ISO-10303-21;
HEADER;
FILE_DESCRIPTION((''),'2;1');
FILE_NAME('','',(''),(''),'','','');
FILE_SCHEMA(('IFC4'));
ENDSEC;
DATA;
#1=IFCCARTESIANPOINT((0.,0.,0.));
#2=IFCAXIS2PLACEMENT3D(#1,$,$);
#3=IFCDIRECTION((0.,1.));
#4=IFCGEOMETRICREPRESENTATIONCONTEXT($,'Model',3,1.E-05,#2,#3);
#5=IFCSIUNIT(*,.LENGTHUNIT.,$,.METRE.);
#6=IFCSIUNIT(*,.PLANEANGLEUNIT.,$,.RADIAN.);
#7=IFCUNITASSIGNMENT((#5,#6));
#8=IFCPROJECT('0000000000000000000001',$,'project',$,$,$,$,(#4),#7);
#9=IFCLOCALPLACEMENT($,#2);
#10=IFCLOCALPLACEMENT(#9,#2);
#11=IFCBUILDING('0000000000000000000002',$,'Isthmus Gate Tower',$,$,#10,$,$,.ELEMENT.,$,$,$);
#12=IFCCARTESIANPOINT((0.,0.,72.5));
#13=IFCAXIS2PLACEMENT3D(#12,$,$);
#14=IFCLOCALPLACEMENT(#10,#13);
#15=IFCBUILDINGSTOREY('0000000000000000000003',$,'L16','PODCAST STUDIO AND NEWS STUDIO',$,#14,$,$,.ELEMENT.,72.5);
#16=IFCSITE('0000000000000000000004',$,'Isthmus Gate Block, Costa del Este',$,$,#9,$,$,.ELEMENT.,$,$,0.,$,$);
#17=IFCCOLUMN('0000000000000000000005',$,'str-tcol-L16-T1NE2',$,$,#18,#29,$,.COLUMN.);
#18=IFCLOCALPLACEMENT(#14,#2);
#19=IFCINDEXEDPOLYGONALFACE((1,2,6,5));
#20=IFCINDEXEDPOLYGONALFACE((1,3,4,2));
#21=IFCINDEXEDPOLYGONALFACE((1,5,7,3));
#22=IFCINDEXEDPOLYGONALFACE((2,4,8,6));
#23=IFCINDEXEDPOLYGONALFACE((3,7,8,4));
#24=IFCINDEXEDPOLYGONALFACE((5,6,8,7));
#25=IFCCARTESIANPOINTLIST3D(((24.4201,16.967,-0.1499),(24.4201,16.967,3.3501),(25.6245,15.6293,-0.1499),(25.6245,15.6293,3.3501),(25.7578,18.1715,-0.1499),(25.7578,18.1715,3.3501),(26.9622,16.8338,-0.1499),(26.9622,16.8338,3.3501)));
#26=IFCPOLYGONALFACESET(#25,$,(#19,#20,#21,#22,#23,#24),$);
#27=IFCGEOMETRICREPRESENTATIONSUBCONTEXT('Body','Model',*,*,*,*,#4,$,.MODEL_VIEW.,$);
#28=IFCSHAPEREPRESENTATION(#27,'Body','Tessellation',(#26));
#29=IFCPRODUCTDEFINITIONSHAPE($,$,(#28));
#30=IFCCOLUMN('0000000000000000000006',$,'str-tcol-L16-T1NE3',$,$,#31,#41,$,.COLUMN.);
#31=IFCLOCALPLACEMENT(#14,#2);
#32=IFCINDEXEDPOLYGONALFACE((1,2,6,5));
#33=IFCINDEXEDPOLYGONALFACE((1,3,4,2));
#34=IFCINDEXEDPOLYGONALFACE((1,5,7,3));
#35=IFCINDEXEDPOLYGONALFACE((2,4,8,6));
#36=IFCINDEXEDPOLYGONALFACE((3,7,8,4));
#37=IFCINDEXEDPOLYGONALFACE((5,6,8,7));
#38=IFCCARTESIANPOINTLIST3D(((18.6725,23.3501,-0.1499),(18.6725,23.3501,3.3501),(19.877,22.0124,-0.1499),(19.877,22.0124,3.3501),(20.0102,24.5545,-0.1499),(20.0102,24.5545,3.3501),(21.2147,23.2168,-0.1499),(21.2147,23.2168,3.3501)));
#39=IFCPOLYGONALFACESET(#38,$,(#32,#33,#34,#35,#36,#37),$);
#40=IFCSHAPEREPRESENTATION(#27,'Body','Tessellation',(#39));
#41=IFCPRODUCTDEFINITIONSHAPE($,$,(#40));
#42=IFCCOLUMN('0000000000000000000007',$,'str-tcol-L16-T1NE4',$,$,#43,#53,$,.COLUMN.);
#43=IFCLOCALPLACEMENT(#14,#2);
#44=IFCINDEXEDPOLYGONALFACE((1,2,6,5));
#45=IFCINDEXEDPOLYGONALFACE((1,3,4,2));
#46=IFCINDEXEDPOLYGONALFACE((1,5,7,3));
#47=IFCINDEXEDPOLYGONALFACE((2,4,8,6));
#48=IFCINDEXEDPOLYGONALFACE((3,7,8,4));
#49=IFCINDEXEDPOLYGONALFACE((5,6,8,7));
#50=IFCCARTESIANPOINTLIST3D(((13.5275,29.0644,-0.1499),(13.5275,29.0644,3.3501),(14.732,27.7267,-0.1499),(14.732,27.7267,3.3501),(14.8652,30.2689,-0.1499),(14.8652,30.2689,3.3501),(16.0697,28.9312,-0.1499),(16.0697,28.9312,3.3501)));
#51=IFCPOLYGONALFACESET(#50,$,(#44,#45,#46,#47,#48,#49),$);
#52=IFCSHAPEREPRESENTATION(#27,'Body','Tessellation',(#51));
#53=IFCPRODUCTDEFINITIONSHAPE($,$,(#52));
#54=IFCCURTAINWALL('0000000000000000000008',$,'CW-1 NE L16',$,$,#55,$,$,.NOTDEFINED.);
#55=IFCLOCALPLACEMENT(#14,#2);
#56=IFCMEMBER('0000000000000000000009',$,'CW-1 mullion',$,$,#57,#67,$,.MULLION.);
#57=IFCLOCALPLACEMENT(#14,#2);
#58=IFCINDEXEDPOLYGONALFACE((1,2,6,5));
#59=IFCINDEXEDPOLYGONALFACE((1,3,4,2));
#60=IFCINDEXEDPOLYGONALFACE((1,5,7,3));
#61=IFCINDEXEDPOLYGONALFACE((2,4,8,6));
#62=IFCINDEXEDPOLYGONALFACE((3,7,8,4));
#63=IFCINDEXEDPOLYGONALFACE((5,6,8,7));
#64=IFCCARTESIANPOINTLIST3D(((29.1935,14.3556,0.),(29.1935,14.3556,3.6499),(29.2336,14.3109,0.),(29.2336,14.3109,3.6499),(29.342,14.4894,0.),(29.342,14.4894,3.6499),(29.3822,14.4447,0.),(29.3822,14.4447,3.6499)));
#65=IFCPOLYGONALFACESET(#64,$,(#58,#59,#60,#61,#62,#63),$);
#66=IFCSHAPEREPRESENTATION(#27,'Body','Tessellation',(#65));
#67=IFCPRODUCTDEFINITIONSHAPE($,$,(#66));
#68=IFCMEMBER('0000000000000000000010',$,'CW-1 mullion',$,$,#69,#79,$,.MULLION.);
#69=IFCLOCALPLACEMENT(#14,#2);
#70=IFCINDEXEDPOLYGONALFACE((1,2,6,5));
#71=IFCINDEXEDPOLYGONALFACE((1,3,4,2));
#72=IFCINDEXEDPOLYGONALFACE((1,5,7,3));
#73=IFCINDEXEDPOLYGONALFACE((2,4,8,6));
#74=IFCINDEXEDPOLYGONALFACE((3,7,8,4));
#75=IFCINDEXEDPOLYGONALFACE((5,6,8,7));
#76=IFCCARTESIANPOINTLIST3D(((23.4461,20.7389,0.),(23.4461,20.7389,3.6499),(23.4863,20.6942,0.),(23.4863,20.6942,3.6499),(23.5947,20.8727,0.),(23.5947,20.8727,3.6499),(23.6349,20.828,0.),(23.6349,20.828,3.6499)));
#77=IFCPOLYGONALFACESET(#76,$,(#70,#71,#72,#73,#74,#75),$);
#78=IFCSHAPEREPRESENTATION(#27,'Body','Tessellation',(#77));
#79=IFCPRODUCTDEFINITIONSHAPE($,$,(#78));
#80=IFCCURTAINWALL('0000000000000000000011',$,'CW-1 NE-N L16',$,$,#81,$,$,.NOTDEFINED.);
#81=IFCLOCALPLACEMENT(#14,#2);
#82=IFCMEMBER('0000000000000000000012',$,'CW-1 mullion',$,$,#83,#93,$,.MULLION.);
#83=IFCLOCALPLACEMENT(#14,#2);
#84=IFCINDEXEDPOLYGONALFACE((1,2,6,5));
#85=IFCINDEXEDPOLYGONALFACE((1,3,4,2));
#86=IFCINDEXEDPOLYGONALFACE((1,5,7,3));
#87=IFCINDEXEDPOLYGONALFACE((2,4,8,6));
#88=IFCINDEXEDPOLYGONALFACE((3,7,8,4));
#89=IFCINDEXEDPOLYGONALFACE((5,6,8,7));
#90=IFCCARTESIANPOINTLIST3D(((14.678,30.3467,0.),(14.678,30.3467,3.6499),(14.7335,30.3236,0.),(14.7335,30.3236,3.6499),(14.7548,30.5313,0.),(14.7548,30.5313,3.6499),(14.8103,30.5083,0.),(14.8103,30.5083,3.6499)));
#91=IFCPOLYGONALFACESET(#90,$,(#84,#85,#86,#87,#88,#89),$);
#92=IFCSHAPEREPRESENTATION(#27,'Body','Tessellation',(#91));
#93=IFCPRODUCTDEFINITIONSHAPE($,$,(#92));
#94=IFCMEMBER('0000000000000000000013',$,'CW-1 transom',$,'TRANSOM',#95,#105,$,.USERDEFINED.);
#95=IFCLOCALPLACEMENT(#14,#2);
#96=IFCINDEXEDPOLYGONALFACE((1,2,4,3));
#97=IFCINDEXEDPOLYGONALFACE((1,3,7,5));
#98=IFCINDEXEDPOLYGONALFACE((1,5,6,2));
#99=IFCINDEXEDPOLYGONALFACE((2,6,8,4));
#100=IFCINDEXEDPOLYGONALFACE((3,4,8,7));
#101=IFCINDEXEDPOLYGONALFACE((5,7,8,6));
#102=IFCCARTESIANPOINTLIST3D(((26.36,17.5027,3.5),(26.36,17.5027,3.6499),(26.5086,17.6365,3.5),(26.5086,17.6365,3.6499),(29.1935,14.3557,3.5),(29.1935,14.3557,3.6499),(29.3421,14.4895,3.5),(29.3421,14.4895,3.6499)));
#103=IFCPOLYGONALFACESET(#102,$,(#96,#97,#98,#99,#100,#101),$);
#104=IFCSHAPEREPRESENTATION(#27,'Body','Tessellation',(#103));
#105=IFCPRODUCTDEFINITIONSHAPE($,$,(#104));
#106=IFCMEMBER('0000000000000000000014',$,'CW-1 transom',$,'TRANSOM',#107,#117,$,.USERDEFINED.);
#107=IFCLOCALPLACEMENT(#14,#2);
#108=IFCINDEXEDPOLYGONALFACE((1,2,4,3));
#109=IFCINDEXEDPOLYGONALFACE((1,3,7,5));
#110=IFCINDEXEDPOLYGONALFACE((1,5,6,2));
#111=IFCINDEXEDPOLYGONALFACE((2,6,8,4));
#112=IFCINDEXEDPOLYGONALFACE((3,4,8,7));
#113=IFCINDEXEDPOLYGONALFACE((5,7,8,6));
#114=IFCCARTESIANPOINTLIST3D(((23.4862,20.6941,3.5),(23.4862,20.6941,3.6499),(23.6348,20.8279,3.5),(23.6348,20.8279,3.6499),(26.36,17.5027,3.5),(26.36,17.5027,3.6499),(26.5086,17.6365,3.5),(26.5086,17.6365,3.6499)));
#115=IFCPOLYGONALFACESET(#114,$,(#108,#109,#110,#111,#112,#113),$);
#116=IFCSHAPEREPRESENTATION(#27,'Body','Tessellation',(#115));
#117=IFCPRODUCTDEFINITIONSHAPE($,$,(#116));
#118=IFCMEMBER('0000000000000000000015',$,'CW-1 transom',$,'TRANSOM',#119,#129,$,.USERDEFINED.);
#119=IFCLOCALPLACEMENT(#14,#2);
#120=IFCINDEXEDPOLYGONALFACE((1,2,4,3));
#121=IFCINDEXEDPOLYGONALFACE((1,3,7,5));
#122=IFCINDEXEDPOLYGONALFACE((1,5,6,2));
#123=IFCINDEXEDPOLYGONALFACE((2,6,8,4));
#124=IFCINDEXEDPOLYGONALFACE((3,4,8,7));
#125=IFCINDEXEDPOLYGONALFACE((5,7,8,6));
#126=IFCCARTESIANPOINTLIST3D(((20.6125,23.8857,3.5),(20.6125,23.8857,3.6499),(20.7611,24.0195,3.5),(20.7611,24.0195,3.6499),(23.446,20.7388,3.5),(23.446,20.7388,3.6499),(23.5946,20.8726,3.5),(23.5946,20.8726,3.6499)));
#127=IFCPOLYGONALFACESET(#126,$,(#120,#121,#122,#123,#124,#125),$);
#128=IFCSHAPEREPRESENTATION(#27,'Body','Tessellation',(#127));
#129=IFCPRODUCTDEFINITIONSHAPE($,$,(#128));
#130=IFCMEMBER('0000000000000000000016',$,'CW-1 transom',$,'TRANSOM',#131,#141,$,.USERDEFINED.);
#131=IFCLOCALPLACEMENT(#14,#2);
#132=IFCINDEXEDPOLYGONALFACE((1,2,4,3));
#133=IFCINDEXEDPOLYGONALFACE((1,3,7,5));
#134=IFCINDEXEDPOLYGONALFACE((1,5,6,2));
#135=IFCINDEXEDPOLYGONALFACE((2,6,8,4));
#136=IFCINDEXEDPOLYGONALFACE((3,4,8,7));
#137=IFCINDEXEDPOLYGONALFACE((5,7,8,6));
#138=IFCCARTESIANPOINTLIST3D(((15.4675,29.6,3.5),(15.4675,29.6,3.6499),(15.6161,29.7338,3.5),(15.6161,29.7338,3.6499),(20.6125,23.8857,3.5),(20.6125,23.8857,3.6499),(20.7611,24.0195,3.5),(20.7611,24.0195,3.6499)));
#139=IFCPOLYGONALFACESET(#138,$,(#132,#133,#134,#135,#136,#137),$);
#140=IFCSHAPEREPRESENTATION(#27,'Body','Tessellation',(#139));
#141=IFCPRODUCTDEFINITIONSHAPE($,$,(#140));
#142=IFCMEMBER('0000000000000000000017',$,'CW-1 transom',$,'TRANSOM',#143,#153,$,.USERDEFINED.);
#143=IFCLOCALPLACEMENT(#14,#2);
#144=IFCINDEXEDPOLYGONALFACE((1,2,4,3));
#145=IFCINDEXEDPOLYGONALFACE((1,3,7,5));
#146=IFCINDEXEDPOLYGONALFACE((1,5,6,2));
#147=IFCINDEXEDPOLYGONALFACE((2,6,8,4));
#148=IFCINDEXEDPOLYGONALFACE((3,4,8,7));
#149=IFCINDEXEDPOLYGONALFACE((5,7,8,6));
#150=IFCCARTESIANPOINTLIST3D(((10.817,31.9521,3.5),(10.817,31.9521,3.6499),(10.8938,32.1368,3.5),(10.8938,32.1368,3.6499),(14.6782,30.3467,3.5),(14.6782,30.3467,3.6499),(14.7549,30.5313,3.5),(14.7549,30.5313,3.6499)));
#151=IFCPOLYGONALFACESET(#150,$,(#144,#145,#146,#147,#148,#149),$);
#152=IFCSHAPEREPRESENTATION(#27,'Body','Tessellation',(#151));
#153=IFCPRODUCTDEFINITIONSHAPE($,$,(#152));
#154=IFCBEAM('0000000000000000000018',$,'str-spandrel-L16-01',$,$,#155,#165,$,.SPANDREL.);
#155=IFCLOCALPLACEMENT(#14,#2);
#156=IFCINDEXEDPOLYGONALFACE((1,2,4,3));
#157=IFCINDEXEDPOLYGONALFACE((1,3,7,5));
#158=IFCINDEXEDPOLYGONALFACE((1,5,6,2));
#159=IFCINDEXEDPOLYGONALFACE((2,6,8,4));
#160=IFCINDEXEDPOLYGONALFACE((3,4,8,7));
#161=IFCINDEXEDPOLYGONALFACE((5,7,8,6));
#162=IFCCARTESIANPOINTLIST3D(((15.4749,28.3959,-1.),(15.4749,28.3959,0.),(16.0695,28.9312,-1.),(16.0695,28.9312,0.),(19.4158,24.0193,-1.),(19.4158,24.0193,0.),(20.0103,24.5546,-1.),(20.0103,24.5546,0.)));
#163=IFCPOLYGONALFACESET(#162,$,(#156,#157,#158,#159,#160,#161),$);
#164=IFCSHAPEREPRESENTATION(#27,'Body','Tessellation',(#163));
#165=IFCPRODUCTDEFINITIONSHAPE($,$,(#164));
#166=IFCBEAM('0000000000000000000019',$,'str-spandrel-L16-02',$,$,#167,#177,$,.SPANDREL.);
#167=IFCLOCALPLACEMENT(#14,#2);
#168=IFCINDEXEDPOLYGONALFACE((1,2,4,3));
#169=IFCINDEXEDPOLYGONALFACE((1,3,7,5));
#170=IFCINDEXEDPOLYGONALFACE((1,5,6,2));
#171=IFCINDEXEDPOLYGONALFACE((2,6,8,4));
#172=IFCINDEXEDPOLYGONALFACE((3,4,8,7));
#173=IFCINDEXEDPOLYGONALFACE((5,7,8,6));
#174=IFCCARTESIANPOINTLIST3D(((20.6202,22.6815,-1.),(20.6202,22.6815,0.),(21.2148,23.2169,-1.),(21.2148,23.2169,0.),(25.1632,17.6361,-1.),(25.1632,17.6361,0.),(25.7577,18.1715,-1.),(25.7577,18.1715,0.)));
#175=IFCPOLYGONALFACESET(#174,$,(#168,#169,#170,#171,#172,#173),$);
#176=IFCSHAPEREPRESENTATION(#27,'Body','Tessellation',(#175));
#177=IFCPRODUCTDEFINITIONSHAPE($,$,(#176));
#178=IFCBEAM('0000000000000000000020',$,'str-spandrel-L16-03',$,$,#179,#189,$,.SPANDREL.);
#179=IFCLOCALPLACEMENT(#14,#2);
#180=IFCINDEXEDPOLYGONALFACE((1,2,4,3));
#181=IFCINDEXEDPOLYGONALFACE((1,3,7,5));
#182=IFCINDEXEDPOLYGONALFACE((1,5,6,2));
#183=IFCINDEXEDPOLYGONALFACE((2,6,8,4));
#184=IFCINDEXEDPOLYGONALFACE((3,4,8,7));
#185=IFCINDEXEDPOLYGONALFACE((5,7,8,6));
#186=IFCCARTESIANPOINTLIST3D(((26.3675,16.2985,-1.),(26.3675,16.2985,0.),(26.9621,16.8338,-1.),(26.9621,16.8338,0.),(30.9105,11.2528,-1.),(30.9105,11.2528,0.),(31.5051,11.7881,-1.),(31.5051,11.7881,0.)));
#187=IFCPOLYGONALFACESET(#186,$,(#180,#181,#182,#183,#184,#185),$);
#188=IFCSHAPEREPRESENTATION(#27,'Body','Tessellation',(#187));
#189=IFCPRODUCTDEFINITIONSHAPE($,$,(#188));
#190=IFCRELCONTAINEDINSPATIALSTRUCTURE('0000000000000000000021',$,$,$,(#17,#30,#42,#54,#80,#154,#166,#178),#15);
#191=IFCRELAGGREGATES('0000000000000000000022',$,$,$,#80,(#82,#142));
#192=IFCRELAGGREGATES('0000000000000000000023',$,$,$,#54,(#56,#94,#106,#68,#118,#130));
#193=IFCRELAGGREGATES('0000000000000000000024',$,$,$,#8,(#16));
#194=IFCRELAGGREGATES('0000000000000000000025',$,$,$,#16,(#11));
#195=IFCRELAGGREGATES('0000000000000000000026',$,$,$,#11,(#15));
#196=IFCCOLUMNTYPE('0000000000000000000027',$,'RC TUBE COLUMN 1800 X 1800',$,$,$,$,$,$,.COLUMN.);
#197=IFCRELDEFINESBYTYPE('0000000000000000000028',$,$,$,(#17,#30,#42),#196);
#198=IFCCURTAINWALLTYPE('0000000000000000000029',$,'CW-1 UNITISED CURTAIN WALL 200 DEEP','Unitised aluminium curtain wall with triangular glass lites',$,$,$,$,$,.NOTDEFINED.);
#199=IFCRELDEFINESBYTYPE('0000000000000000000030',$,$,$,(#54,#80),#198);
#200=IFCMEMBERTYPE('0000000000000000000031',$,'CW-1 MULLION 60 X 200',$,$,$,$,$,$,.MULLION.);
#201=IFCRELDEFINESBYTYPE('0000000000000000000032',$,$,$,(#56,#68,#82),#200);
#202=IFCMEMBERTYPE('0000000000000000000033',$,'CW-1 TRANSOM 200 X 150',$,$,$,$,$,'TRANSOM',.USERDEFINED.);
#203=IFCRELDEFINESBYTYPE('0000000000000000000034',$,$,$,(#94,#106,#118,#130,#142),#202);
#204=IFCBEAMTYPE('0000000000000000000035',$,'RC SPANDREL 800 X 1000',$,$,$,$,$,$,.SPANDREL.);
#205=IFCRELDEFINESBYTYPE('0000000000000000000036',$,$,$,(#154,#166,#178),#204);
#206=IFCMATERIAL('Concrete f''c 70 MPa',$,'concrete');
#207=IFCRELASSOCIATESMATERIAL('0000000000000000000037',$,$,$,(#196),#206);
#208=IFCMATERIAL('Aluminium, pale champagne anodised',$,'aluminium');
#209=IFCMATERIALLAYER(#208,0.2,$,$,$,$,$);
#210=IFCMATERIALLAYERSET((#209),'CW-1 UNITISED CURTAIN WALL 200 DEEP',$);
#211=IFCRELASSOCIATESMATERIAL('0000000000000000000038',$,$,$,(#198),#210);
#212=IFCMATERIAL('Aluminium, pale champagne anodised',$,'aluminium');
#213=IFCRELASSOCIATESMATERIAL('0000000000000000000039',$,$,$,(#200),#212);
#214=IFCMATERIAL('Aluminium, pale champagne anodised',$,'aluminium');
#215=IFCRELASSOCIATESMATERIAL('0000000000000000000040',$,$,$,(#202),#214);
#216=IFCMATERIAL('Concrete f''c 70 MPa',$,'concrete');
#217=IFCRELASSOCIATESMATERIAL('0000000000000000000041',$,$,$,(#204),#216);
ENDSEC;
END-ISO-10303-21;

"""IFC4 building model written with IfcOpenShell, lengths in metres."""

from ifc_helpers import new_model, si_unit, direction, frame, origin, origin_2d, place, context, subcontext, project, spatial, rectangle, extrude, material, layer, layer_set, material_profile, profile_set, type_object, element, aggregate, save


model = new_model("IFC4")

# Units and contexts
model_context = context("Model", 3, precision=1e-05, world=origin(), true_north=direction((0.0, 1.0)))
body_context = subcontext(model_context, "Body", "Model", "MODEL_VIEW")
ifc_project = project(units=[si_unit("LENGTHUNIT", "METRE"), si_unit("PLANEANGLEUNIT", "RADIAN")], contexts=[model_context])

# Site, building, storey
site_placement = place(None, origin())
site = spatial("IfcSite", under=ifc_project, at=site_placement, Name="Isthmus Gate Block, Costa del Este", CompositionType="ELEMENT", RefElevation=0.0)
building_placement = place(site_placement, origin())
building = spatial("IfcBuilding", under=site, at=building_placement, Name="Isthmus Gate Tower", CompositionType="ELEMENT")
storey_placement = place(building_placement, frame((0.0, 0.0, 72.5)))
storey = spatial("IfcBuildingStorey", under=building, at=storey_placement, Name="L16", Description="PODCAST STUDIO AND NEWS STUDIO", CompositionType="ELEMENT", Elevation=72.5)

# Columns
ifc_material_1 = material(Name="Concrete f'c 70 MPa", Category="concrete")
ifc_material_profile_1 = material_profile(ifc_material_1, rectangle(XDim=1.8, YDim=1.8, at=origin_2d()), Name="RC 1800X1800")
ifc_profile_set_1 = profile_set([ifc_material_profile_1], Name="Concrete f'c 70 MPa")
column_type = type_object("IfcColumnType", Name="RC TUBE COLUMN 1800 X 1800", PredefinedType="COLUMN", material=ifc_profile_set_1)
for number, where, z_axis, x_axis, name in (
    (1, (25.6912, 16.9004, -0.1499), (0.0, 0.0, 1.0), (-0.669131, 0.743145, 0.0), "str-tcol-L16-T1NE2"),
    (2, (19.9436, 23.2834, -0.1499), (0.0, 0.0, 1.0), (-0.669131, 0.743145, 0.0), "str-tcol-L16-T1NE3"),
    (3, (14.7986, 28.9978, -0.1499), (0.0, 0.0, 1.0), (-0.669131, 0.743145, 0.0), "str-tcol-L16-T1NE4"),
):
    element("IfcColumn", number, at=place(storey_placement, frame(where, z_axis=z_axis, x_axis=x_axis)), inside=storey, type_object=column_type, Name=name, PredefinedType="COLUMN", context=body_context, shape_type="SweptSolid", body=[
        extrude(rectangle(XDim=1.8, YDim=1.8, at=origin_2d()), origin(), (0.0, 0.0, 1.0), 3.5),
    ])

# Curtain wall, members
ifc_material_2 = material(Name="Aluminium, pale champagne anodised", Category="aluminium")
ifc_layer_1 = layer(ifc_material_2, 0.2)
ifc_layer_set_1 = layer_set([ifc_layer_1], Name="CW-1 UNITISED CURTAIN WALL 200 DEEP")
curtain_wall_type = type_object("IfcCurtainWallType", Name="CW-1 UNITISED CURTAIN WALL 200 DEEP", Description="Unitised aluminium curtain wall with triangular glass lites", PredefinedType="NOTDEFINED", material=ifc_layer_set_1)
curtain_wall_1_placement = place(storey_placement, origin())
curtain_wall_1 = element("IfcCurtainWall", 4, at=curtain_wall_1_placement, inside=storey, type_object=curtain_wall_type, Name="CW-1 NE L16", PredefinedType="NOTDEFINED")
ifc_material_3 = material(Name="Aluminium, pale champagne anodised", Category="aluminium")
ifc_material_profile_2 = material_profile(ifc_material_3, rectangle(XDim=0.0601, YDim=0.2, at=origin_2d()), Name="60x200")
ifc_profile_set_2 = profile_set([ifc_material_profile_2], Name="Aluminium, pale champagne anodised")
member_type_1 = type_object("IfcMemberType", Name="CW-1 MULLION 60 X 200", PredefinedType="MULLION", material=ifc_profile_set_2)
member_1_placement = place(storey_placement, frame((29.2878, 14.4001, 0.0), z_axis=(0.0, 0.0, 1.0), x_axis=(-0.669131, 0.743145, 0.0)))
member_1 = element("IfcMember", 5, at=member_1_placement, type_object=member_type_1, Name="CW-1 mullion", PredefinedType="MULLION", context=body_context, shape_type="SweptSolid", body=[
    extrude(rectangle(XDim=0.0601, YDim=0.2, at=origin_2d()), origin(), (0.0, 0.0, 1.0), 3.6499),
])
member_2_placement = place(storey_placement, frame((23.5405, 20.7834, 0.0), z_axis=(0.0, 0.0, 1.0), x_axis=(-0.669131, 0.743145, 0.0)))
member_2 = element("IfcMember", 6, at=member_2_placement, type_object=member_type_1, Name="CW-1 mullion", PredefinedType="MULLION", context=body_context, shape_type="SweptSolid", body=[
    extrude(rectangle(XDim=0.0601, YDim=0.2, at=origin_2d()), origin(), (0.0, 0.0, 1.0), 3.6499),
])

# Curtain wall, member
curtain_wall_2_placement = place(storey_placement, origin())
curtain_wall_2 = element("IfcCurtainWall", 7, at=curtain_wall_2_placement, inside=storey, type_object=curtain_wall_type, Name="CW-1 NE-N L16", PredefinedType="NOTDEFINED")
member_3_placement = place(storey_placement, frame((14.7441, 30.4275, 0.0), z_axis=(0.0, 0.0, 1.0), x_axis=(-0.923353, 0.383952, 0.0)))
member_3 = element("IfcMember", 8, at=member_3_placement, type_object=member_type_1, Name="CW-1 mullion", PredefinedType="MULLION", context=body_context, shape_type="SweptSolid", body=[
    extrude(rectangle(XDim=0.0601, YDim=0.2, at=origin_2d()), origin(), (0.0, 0.0, 1.0), 3.6499),
])

# Members
ifc_material_4 = material(Name="Aluminium, pale champagne anodised", Category="aluminium")
ifc_material_profile_3 = material_profile(ifc_material_4, rectangle(XDim=0.2, YDim=0.1499, at=origin_2d()), Name="200x150")
ifc_profile_set_3 = profile_set([ifc_material_profile_3], Name="Aluminium, pale champagne anodised")
member_type_2 = type_object("IfcMemberType", Name="CW-1 TRANSOM 200 X 150", ElementType="TRANSOM", PredefinedType="USERDEFINED", material=ifc_profile_set_3)
member_4_placement = place(storey_placement, frame((29.2678, 14.4226, 3.575), z_axis=(-0.669124, 0.743151, 0.0), x_axis=(-0.743151, -0.669124, 0.0)))
member_4 = element("IfcMember", 9, at=member_4_placement, type_object=member_type_2, Name="CW-1 transom", ObjectType="TRANSOM", PredefinedType="USERDEFINED", context=body_context, shape_type="SweptSolid", body=[
    extrude(rectangle(XDim=0.2, YDim=0.1499, at=origin_2d()), origin(), (0.0, 0.0, 1.0), 4.2346),
])
member_5_placement = place(storey_placement, frame((26.4343, 17.5696, 3.575), z_axis=(-0.669159, 0.743119, 0.0), x_axis=(-0.743119, -0.669159, 0.0)))
member_5 = element("IfcMember", 10, at=member_5_placement, type_object=member_type_2, Name="CW-1 transom", ObjectType="TRANSOM", PredefinedType="USERDEFINED", context=body_context, shape_type="SweptSolid", body=[
    extrude(rectangle(XDim=0.2, YDim=0.1499, at=origin_2d()), origin(), (0.0, 0.0, 1.0), 4.2947),
])
member_6_placement = place(storey_placement, frame((23.5203, 20.8057, 3.575), z_axis=(-0.669124, 0.743151, 0.0), x_axis=(-0.743151, -0.669124, 0.0)))
member_6 = element("IfcMember", 11, at=member_6_placement, type_object=member_type_2, Name="CW-1 transom", ObjectType="TRANSOM", PredefinedType="USERDEFINED", context=body_context, shape_type="SweptSolid", body=[
    extrude(rectangle(XDim=0.2, YDim=0.1499, at=origin_2d()), origin(), (0.0, 0.0, 1.0), 4.2346),
])
member_7_placement = place(storey_placement, frame((20.6868, 23.9526, 3.575), z_axis=(-0.669116, 0.743158, 0.0), x_axis=(-0.743158, -0.669116, 0.0)))
member_7 = element("IfcMember", 12, at=member_7_placement, type_object=member_type_2, Name="CW-1 transom", ObjectType="TRANSOM", PredefinedType="USERDEFINED", context=body_context, shape_type="SweptSolid", body=[
    extrude(rectangle(XDim=0.2, YDim=0.1499, at=origin_2d()), origin(), (0.0, 0.0, 1.0), 7.6892),
])
member_8_placement = place(storey_placement, frame((14.7166, 30.439, 3.575), z_axis=(-0.923358, 0.38394, 0.0), x_axis=(-0.38394, -0.923358, 0.0)))
member_8 = element("IfcMember", 13, at=member_8_placement, type_object=member_type_2, Name="CW-1 transom", ObjectType="TRANSOM", PredefinedType="USERDEFINED", context=body_context, shape_type="SweptSolid", body=[
    extrude(rectangle(XDim=0.2, YDim=0.1499, at=origin_2d()), origin(), (0.0, 0.0, 1.0), 4.1816),
])
aggregate(curtain_wall_2, [member_3, member_8])

# Beams
ifc_material_5 = material(Name="Concrete f'c 70 MPa", Category="concrete")
ifc_material_profile_4 = material_profile(ifc_material_5, rectangle(XDim=0.8, YDim=1.0, at=origin_2d()), Name="RC 800X1000")
ifc_profile_set_4 = profile_set([ifc_material_profile_4], Name="Concrete f'c 70 MPa")
beam_type_1 = type_object("IfcBeamType", Name="RC SPANDREL 800 X 1000", PredefinedType="SPANDREL", material=ifc_profile_set_4)
beam_1_placement = place(storey_placement, frame((15.7722, 28.6636, -0.5), z_axis=(0.669141, -0.743135, 0.0), x_axis=(0.743135, 0.669141, 0.0)))
element("IfcBeam", 14, at=beam_1_placement, inside=storey, type_object=beam_type_1, Name="str-spandrel-L16-01", PredefinedType="SPANDREL", context=body_context, shape_type="SweptSolid", body=[
    extrude(rectangle(XDim=0.8, YDim=1.0, at=origin_2d()), origin(), (0.0, 0.0, 1.0), 5.8894),
])
beam_2_placement = place(storey_placement, frame((20.9175, 22.9492, -0.5), z_axis=(0.669136, -0.74314, 0.0), x_axis=(0.74314, 0.669136, 0.0)))
element("IfcBeam", 15, at=beam_2_placement, inside=storey, type_object=beam_type_1, Name="str-spandrel-L16-02", PredefinedType="SPANDREL", context=body_context, shape_type="SweptSolid", body=[
    extrude(rectangle(XDim=0.8, YDim=1.0, at=origin_2d()), origin(), (0.0, 0.0, 1.0), 6.7893),
])
beam_3_placement = place(storey_placement, frame((26.6648, 16.5662, -0.5), z_axis=(0.669118, -0.743156, 0.0), x_axis=(0.743156, 0.669118, 0.0)))
element("IfcBeam", 16, at=beam_3_placement, inside=storey, type_object=beam_type_1, Name="str-spandrel-L16-03", PredefinedType="SPANDREL", context=body_context, shape_type="SweptSolid", body=[
    extrude(rectangle(XDim=0.8, YDim=1.0, at=origin_2d()), origin(), (0.0, 0.0, 1.0), 6.7896),
])

aggregate(curtain_wall_1, [member_1, member_4, member_5, member_2, member_6, member_7])

save(model, "model.ifc")
